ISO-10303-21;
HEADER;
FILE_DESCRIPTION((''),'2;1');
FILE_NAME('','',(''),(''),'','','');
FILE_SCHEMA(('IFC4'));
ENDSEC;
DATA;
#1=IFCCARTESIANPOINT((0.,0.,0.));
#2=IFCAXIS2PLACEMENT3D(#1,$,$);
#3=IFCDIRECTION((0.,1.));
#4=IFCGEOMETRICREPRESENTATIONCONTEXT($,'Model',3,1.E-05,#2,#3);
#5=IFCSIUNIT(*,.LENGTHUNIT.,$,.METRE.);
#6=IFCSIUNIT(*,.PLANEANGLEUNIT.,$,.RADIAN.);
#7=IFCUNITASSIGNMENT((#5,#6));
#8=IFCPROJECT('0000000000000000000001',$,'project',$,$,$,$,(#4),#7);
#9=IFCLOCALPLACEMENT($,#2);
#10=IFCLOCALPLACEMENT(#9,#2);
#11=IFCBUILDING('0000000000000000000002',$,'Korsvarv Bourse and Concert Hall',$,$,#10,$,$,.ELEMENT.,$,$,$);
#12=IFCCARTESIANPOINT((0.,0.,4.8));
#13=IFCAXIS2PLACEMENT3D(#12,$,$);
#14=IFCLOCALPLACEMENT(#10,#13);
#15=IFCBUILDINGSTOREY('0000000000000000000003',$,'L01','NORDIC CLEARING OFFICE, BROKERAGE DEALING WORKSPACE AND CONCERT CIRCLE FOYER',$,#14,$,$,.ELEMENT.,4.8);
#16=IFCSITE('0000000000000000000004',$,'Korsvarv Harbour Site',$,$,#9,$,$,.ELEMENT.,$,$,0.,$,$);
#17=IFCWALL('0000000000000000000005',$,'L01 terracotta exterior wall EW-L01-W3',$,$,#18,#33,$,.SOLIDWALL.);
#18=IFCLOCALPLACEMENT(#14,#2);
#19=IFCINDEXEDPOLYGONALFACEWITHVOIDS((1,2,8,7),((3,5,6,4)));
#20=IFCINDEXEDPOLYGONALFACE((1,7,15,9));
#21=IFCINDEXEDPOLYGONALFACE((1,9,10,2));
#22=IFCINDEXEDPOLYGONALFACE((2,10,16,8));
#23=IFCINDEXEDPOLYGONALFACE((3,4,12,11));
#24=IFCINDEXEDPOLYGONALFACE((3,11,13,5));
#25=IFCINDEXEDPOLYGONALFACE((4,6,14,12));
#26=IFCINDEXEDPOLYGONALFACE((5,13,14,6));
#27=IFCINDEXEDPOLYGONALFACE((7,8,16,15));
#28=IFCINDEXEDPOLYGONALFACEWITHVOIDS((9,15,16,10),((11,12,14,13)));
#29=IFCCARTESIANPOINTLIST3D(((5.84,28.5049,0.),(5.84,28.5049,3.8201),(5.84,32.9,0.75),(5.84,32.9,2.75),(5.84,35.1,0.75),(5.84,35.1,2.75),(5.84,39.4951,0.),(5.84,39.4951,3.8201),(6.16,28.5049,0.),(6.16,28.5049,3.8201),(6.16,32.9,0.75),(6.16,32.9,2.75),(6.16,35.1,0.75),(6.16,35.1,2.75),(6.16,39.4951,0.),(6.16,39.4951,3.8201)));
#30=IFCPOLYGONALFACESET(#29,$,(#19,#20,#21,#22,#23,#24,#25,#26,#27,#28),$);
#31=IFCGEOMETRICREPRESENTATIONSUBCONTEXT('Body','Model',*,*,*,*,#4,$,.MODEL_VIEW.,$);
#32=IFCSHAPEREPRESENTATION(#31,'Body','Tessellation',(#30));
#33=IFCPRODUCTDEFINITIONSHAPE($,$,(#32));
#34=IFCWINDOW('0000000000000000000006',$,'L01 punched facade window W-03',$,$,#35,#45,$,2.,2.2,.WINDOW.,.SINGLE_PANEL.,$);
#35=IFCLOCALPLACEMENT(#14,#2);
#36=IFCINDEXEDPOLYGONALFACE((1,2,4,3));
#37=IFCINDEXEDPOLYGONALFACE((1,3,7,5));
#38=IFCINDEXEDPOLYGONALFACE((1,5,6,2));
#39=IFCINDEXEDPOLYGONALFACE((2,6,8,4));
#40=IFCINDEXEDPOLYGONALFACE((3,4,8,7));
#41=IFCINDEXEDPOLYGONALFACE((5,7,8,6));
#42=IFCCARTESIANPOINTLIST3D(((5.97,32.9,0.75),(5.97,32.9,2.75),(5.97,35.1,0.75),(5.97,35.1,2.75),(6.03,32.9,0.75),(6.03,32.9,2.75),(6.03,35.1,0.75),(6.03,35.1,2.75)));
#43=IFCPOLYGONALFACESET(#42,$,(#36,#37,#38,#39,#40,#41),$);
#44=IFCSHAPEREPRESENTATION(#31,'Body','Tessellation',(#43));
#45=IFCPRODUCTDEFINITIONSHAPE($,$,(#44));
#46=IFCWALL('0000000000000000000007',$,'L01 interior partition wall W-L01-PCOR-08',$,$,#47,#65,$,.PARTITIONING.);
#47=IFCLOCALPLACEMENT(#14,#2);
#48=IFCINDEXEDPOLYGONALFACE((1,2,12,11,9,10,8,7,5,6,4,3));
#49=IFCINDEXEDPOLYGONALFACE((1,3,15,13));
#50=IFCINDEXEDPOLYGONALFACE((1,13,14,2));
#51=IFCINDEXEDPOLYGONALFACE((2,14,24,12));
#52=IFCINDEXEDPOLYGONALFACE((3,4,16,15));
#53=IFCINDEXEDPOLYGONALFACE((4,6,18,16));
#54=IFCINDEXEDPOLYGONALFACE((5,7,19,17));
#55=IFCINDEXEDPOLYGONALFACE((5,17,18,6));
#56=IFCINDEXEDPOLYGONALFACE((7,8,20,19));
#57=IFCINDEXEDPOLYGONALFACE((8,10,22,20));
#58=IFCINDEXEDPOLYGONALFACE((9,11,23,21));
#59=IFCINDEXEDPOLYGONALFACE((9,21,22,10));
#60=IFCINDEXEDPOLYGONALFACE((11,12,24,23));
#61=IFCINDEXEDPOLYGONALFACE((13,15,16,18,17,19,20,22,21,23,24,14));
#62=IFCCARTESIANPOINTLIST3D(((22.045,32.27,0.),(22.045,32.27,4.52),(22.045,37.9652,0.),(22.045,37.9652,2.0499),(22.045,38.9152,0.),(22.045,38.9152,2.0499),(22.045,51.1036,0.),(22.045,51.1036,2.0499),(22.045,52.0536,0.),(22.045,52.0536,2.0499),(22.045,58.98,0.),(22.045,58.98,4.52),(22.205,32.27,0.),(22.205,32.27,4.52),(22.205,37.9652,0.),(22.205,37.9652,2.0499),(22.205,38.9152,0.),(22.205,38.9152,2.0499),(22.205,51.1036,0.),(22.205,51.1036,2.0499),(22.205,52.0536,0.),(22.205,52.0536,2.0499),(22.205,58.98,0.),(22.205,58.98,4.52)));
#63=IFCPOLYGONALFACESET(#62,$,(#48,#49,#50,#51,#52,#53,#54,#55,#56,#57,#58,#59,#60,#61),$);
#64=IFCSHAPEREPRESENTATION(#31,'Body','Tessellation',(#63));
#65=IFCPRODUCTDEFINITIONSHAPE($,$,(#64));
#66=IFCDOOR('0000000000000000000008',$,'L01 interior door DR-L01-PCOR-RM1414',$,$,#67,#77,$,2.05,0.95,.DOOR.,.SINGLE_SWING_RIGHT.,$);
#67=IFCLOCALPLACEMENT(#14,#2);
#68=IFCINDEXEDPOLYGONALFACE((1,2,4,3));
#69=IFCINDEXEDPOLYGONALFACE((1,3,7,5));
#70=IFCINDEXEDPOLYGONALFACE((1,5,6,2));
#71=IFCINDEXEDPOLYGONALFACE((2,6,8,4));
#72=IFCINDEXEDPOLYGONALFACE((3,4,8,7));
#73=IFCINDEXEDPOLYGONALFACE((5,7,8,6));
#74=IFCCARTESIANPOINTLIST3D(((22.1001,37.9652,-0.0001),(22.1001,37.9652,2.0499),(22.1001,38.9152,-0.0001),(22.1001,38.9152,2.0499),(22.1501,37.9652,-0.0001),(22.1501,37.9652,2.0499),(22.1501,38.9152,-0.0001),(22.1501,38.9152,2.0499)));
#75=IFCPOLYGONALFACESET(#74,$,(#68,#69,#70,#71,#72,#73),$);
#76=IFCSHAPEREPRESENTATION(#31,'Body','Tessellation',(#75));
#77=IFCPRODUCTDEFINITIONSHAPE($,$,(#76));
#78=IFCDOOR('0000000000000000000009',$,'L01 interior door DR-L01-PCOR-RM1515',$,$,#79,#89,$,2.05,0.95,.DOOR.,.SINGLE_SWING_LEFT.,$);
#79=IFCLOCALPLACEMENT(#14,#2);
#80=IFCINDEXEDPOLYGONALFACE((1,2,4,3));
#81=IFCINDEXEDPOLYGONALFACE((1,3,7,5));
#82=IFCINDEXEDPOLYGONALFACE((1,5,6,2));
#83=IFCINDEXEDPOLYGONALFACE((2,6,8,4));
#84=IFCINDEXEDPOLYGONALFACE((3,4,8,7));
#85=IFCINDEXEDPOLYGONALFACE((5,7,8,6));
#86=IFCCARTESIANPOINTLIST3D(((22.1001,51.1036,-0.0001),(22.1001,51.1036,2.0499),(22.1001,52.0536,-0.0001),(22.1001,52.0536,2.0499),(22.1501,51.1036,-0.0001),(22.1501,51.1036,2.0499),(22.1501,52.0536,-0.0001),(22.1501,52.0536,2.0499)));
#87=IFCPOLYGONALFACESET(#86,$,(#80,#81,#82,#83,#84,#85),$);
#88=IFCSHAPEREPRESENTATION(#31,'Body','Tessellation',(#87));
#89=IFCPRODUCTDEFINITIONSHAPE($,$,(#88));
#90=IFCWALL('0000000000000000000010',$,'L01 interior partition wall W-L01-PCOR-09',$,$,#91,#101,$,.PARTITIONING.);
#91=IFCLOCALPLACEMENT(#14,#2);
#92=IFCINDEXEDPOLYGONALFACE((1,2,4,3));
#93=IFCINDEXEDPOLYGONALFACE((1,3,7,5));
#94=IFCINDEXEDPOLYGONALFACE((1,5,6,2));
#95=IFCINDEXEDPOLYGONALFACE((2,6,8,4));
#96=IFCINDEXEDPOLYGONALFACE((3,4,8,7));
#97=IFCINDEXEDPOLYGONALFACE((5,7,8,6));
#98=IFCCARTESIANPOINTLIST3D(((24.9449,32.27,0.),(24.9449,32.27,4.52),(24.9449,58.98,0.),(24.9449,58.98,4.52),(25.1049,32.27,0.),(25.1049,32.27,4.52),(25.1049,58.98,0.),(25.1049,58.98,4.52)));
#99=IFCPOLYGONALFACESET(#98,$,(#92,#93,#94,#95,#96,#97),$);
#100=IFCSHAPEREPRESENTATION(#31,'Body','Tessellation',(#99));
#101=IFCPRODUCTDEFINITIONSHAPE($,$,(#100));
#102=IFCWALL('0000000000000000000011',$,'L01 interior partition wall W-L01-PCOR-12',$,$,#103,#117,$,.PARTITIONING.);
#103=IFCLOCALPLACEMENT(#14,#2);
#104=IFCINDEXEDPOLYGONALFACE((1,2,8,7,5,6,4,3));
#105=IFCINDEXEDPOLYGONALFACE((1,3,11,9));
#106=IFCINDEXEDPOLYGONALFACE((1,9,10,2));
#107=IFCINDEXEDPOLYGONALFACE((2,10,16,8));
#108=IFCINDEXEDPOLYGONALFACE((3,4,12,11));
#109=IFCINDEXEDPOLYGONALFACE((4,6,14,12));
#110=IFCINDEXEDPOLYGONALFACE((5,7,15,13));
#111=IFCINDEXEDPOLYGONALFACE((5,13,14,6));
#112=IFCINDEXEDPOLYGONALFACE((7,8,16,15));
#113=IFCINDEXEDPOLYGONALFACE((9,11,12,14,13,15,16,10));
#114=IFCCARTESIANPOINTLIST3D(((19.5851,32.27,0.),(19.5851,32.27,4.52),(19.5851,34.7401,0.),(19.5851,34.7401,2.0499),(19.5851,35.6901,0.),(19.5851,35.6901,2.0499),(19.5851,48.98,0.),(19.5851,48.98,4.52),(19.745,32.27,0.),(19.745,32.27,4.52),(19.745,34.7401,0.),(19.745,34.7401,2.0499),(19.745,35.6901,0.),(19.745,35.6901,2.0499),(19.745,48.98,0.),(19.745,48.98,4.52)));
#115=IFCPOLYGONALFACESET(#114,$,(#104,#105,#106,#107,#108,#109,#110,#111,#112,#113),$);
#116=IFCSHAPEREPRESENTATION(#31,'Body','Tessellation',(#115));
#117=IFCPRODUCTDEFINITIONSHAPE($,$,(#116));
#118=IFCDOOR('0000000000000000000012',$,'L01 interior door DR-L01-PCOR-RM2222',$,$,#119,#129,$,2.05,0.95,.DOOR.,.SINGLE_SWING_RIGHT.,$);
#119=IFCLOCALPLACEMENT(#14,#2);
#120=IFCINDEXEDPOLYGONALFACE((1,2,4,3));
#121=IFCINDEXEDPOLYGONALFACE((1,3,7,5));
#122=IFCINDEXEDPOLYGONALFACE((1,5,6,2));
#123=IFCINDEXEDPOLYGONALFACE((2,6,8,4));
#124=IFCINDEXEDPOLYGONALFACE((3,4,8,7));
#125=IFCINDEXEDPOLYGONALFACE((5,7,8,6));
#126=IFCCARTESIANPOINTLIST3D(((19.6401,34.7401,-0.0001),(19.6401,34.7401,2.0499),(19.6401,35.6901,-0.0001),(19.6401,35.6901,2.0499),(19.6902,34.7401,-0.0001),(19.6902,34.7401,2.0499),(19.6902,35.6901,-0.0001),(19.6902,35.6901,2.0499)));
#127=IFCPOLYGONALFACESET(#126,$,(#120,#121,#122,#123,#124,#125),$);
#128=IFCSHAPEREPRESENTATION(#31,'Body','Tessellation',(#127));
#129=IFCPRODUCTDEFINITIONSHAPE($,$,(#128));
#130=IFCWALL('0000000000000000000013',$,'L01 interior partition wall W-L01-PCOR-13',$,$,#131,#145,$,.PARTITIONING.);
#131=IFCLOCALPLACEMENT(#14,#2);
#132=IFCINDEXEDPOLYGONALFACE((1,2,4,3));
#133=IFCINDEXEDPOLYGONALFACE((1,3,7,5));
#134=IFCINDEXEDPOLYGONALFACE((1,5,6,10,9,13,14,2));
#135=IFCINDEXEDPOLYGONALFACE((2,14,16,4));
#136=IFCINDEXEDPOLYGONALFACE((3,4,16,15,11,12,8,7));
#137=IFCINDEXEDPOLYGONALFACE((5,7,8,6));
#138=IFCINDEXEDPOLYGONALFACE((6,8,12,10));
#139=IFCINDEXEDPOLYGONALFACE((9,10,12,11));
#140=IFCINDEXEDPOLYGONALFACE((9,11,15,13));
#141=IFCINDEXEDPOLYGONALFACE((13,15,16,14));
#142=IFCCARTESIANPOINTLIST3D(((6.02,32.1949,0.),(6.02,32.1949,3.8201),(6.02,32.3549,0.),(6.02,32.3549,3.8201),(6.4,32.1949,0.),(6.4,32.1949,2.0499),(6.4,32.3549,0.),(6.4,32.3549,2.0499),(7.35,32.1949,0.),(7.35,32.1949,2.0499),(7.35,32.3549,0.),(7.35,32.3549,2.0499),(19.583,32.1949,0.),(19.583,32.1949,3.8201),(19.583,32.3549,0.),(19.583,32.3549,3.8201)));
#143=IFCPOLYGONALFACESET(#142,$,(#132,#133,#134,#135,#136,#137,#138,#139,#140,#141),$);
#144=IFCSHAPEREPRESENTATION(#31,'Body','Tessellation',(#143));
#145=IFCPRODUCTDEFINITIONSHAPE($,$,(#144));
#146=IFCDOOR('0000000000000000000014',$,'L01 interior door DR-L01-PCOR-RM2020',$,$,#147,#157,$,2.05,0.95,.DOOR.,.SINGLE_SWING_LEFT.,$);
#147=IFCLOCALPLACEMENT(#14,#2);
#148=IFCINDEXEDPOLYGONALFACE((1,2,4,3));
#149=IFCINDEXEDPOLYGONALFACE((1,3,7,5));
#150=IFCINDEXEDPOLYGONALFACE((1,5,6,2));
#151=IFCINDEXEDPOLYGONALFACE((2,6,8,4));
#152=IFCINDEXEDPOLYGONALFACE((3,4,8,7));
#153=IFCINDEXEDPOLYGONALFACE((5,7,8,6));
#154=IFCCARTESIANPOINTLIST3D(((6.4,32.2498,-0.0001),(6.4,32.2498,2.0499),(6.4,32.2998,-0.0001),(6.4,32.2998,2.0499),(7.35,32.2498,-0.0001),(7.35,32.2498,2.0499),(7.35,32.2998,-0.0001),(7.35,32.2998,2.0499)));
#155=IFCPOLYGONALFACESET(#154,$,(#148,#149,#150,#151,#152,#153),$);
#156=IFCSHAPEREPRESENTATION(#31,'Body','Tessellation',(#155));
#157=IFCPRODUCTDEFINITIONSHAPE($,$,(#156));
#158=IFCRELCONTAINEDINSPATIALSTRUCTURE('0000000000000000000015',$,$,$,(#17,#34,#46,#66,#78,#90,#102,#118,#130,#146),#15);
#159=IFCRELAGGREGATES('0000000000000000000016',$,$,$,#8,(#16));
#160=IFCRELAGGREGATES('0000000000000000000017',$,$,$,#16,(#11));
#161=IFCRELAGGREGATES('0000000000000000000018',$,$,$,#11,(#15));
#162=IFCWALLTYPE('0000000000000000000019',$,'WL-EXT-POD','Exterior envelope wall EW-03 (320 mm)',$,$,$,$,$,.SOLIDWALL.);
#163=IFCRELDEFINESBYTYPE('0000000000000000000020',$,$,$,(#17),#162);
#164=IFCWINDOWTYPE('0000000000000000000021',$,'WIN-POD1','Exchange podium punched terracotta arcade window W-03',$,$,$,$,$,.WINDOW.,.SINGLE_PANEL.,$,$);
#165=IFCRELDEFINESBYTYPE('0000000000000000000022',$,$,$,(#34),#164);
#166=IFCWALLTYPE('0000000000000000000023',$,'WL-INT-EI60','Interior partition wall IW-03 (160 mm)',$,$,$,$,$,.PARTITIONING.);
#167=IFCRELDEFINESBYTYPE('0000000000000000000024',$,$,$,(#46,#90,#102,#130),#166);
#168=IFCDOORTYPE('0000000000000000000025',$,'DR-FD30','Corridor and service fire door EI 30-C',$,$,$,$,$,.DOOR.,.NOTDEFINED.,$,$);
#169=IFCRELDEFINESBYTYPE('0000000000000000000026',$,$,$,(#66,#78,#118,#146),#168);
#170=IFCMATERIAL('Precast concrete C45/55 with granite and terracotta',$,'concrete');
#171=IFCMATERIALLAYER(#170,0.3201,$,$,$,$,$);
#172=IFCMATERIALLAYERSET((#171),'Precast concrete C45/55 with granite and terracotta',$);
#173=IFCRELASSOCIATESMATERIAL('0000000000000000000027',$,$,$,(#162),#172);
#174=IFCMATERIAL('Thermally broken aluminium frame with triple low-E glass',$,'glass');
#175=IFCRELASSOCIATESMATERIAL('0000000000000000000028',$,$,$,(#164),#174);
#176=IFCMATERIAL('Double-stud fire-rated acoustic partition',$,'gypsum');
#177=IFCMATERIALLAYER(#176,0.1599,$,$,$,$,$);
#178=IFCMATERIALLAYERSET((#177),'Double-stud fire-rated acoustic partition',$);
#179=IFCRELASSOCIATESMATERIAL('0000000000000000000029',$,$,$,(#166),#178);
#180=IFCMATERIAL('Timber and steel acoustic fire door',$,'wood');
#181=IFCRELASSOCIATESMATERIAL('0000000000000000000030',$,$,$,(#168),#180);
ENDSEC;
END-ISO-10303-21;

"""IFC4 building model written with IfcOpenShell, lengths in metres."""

from ifc_helpers import new_model, si_unit, direction, frame, frame_2d, origin, place, context, subcontext, project, spatial, rectangle, extrude, material, layer, layer_set, type_object, element, fill, save


model = new_model("IFC4")

# Units and contexts
model_context = context("Model", 3, precision=1e-05, world=origin(), true_north=direction((0.0, 1.0)))
body_context = subcontext(model_context, "Body", "Model", "MODEL_VIEW")
ifc_project = project(units=[si_unit("LENGTHUNIT", "METRE"), si_unit("PLANEANGLEUNIT", "RADIAN")], contexts=[model_context])

# Site, building, storey
site_placement = place(None, origin())
site = spatial("IfcSite", under=ifc_project, at=site_placement, Name="Korsvarv Harbour Site", CompositionType="ELEMENT", RefElevation=0.0)
building_placement = place(site_placement, origin())
building = spatial("IfcBuilding", under=site, at=building_placement, Name="Korsvarv Bourse and Concert Hall", CompositionType="ELEMENT")
storey_placement = place(building_placement, frame((0.0, 0.0, 4.8)))
storey = spatial("IfcBuildingStorey", under=building, at=storey_placement, Name="L01", Description="NORDIC CLEARING OFFICE, BROKERAGE DEALING WORKSPACE AND CONCERT CIRCLE FOYER", CompositionType="ELEMENT", Elevation=4.8)

# Wall, opening, window
ifc_material_1 = material(Name="Precast concrete C45/55 with granite and terracotta", Category="concrete")
ifc_layer_1 = layer(ifc_material_1, 0.3201)
ifc_layer_set_1 = layer_set([ifc_layer_1], Name="Precast concrete C45/55 with granite and terracotta")
wall_type_1 = type_object("IfcWallType", Name="WL-EXT-POD", Description="Exterior envelope wall EW-03 (320 mm)", PredefinedType="SOLIDWALL", material=ifc_layer_set_1)
ifc_material_2 = material(Name="Thermally broken aluminium frame with triple low-E glass", Category="glass")
window_type = type_object("IfcWindowType", Name="WIN-POD1", Description="Exchange podium punched terracotta arcade window W-03", PartitioningType="SINGLE_PANEL", PredefinedType="WINDOW", material=ifc_material_2)
wall_1_placement = place(storey_placement, frame((6.0, 28.5049, 0.0), z_axis=(0.0, 0.0, 1.0), x_axis=(0.0, 1.0, 0.0)))
wall_1 = element("IfcWall", 1, at=wall_1_placement, inside=storey, type_object=wall_type_1, Name="L01 terracotta exterior wall EW-L01-W3", PredefinedType="SOLIDWALL", context=body_context, shape_type="SweptSolid", body=[
    extrude(rectangle(XDim=10.9902, YDim=0.3201, at=frame_2d((5.4951, 0.0))), origin(), (0.0, 0.0, 1.0), 3.8201),
])
opening_1_placement = place(wall_1_placement, frame((4.395, 0.0, 0.75)))
opening_1 = element("IfcOpeningElement", 2, at=opening_1_placement, cuts=wall_1, PredefinedType="OPENING", context=body_context, shape_type="SweptSolid", body=[
    extrude(rectangle(XDim=2.2, YDim=2.0, at=frame_2d((1.1001, 1.0))), frame((0.0, 0.1699, 0.0), z_axis=(0.0, -1.0, 0.0), x_axis=(1.0, 0.0, 0.0)), (0.0, 0.0, 1.0), 0.3401),
])
window_1_placement = place(opening_1_placement, origin())
window_1 = element("IfcWindow", 3, at=window_1_placement, inside=storey, type_object=window_type, Name="L01 punched facade window W-03", OverallHeight=2.0, OverallWidth=2.2, PartitioningType="SINGLE_PANEL", PredefinedType="WINDOW", context=body_context, shape_type="SweptSolid", body=[
    extrude(rectangle(XDim=2.2, YDim=2.0, at=frame_2d((1.1001, 1.0))), frame((0.0, 0.03, 0.0), z_axis=(0.0, -1.0, 0.0), x_axis=(1.0, 0.0, 0.0)), (0.0, 0.0, 1.0), 0.0601),
])
fill(opening_1, window_1)

# Wall, openings, doors
ifc_material_3 = material(Name="Double-stud fire-rated acoustic partition", Category="gypsum")
ifc_layer_2 = layer(ifc_material_3, 0.1599)
ifc_layer_set_2 = layer_set([ifc_layer_2], Name="Double-stud fire-rated acoustic partition")
wall_type_2 = type_object("IfcWallType", Name="WL-INT-EI60", Description="Interior partition wall IW-03 (160 mm)", PredefinedType="PARTITIONING", material=ifc_layer_set_2)
wall_2_placement = place(storey_placement, frame((22.125, 32.27, 0.0), z_axis=(0.0, 0.0, 1.0), x_axis=(0.0, 1.0, 0.0)))
wall_2 = element("IfcWall", 4, at=wall_2_placement, inside=storey, type_object=wall_type_2, Name="L01 interior partition wall W-L01-PCOR-08", PredefinedType="PARTITIONING", context=body_context, shape_type="SweptSolid", body=[
    extrude(rectangle(XDim=26.71, YDim=0.1599, at=frame_2d((13.355, 0.0))), origin(), (0.0, 0.0, 1.0), 4.52),
])
opening_2_placement = place(wall_2_placement, frame((5.6951, 0.0, 0.0)))
opening_2 = element("IfcOpeningElement", 5, at=opening_2_placement, cuts=wall_2, PredefinedType="OPENING", context=body_context, shape_type="SweptSolid", body=[
    extrude(rectangle(XDim=0.95, YDim=2.05, at=frame_2d((0.4751, 1.0249))), frame((0.0, 0.0898, 0.0), z_axis=(0.0, -1.0, 0.0), x_axis=(1.0, 0.0, 0.0)), (0.0, 0.0, 1.0), 0.1799),
])
opening_3_placement = place(wall_2_placement, frame((18.8335, 0.0, 0.0)))
opening_3 = element("IfcOpeningElement", 6, at=opening_3_placement, cuts=wall_2, PredefinedType="OPENING", context=body_context, shape_type="SweptSolid", body=[
    extrude(rectangle(XDim=0.95, YDim=2.05, at=frame_2d((0.4751, 1.0249))), frame((0.0, 0.0898, 0.0), z_axis=(0.0, -1.0, 0.0), x_axis=(1.0, 0.0, 0.0)), (0.0, 0.0, 1.0), 0.1799),
])
ifc_material_4 = material(Name="Timber and steel acoustic fire door", Category="wood")
door_type = type_object("IfcDoorType", Name="DR-FD30", Description="Corridor and service fire door EI 30-C", OperationType="NOTDEFINED", PredefinedType="DOOR", material=ifc_material_4)
door_1_placement = place(opening_2_placement, origin())
door_1 = element("IfcDoor", 7, at=door_1_placement, inside=storey, type_object=door_type, Name="L01 interior door DR-L01-PCOR-RM1414", OperationType="SINGLE_SWING_RIGHT", OverallHeight=2.05, OverallWidth=0.95, PredefinedType="DOOR", context=body_context, shape_type="SweptSolid", body=[
    extrude(rectangle(XDim=0.95, YDim=2.05, at=frame_2d((0.4751, 1.0249))), frame((0.0, 0.0249, 0.0), z_axis=(0.0, -1.0, 0.0), x_axis=(1.0, 0.0, 0.0)), (0.0, 0.0, 1.0), 0.05),
])
fill(opening_2, door_1)
door_2_placement = place(opening_3_placement, origin())
door_2 = element("IfcDoor", 8, at=door_2_placement, inside=storey, type_object=door_type, Name="L01 interior door DR-L01-PCOR-RM1515", OperationType="SINGLE_SWING_LEFT", OverallHeight=2.05, OverallWidth=0.95, PredefinedType="DOOR", context=body_context, shape_type="SweptSolid", body=[
    extrude(rectangle(XDim=0.95, YDim=2.05, at=frame_2d((0.4751, 1.0249))), frame((0.0, 0.0249, 0.0), z_axis=(0.0, -1.0, 0.0), x_axis=(1.0, 0.0, 0.0)), (0.0, 0.0, 1.0), 0.05),
])
fill(opening_3, door_2)

# Wall
wall_3_placement = place(storey_placement, frame((25.0249, 32.27, 0.0), z_axis=(0.0, 0.0, 1.0), x_axis=(0.0, 1.0, 0.0)))
element("IfcWall", 9, at=wall_3_placement, inside=storey, type_object=wall_type_2, Name="L01 interior partition wall W-L01-PCOR-09", PredefinedType="PARTITIONING", context=body_context, shape_type="SweptSolid", body=[
    extrude(rectangle(XDim=26.71, YDim=0.1599, at=frame_2d((13.355, 0.0))), origin(), (0.0, 0.0, 1.0), 4.52),
])

# Walls, openings, doors
wall_4_placement = place(storey_placement, frame((19.665, 32.27, 0.0), z_axis=(0.0, 0.0, 1.0), x_axis=(0.0, 1.0, 0.0)))
wall_4 = element("IfcWall", 10, at=wall_4_placement, inside=storey, type_object=wall_type_2, Name="L01 interior partition wall W-L01-PCOR-12", PredefinedType="PARTITIONING", context=body_context, shape_type="SweptSolid", body=[
    extrude(rectangle(XDim=16.71, YDim=0.1599, at=frame_2d((8.355, 0.0))), origin(), (0.0, 0.0, 1.0), 4.52),
])
opening_4_placement = place(wall_4_placement, frame((2.47, 0.0, 0.0)))
opening_4 = element("IfcOpeningElement", 11, at=opening_4_placement, cuts=wall_4, PredefinedType="OPENING", context=body_context, shape_type="SweptSolid", body=[
    extrude(rectangle(XDim=0.95, YDim=2.05, at=frame_2d((0.4751, 1.0249))), frame((0.0, 0.0898, 0.0), z_axis=(0.0, -1.0, 0.0), x_axis=(1.0, 0.0, 0.0)), (0.0, 0.0, 1.0), 0.1799),
])
door_3_placement = place(opening_4_placement, origin())
door_3 = element("IfcDoor", 12, at=door_3_placement, inside=storey, type_object=door_type, Name="L01 interior door DR-L01-PCOR-RM2222", OperationType="SINGLE_SWING_RIGHT", OverallHeight=2.05, OverallWidth=0.95, PredefinedType="DOOR", context=body_context, shape_type="SweptSolid", body=[
    extrude(rectangle(XDim=0.95, YDim=2.05, at=frame_2d((0.4751, 1.0249))), frame((0.0, 0.0249, 0.0), z_axis=(0.0, -1.0, 0.0), x_axis=(1.0, 0.0, 0.0)), (0.0, 0.0, 1.0), 0.05),
])
fill(opening_4, door_3)
wall_5_placement = place(storey_placement, frame((6.02, 32.2749, 0.0), z_axis=(0.0, 0.0, 1.0), x_axis=(1.0, 0.0, 0.0)))
wall_5 = element("IfcWall", 13, at=wall_5_placement, inside=storey, type_object=wall_type_2, Name="L01 interior partition wall W-L01-PCOR-13", PredefinedType="PARTITIONING", context=body_context, shape_type="SweptSolid", body=[
    extrude(rectangle(XDim=13.563, YDim=0.1599, at=frame_2d((6.7815, 0.0))), origin(), (0.0, 0.0, 1.0), 3.8201),
])
opening_5_placement = place(wall_5_placement, frame((0.3799, 0.0, 0.0)))
opening_5 = element("IfcOpeningElement", 14, at=opening_5_placement, cuts=wall_5, PredefinedType="OPENING", context=body_context, shape_type="SweptSolid", body=[
    extrude(rectangle(XDim=0.95, YDim=2.05, at=frame_2d((0.4751, 1.0249))), frame((0.0, 0.0898, 0.0), z_axis=(0.0, -1.0, 0.0), x_axis=(1.0, 0.0, 0.0)), (0.0, 0.0, 1.0), 0.1799),
])
door_4_placement = place(opening_5_placement, origin())
door_4 = element("IfcDoor", 15, at=door_4_placement, inside=storey, type_object=door_type, Name="L01 interior door DR-L01-PCOR-RM2020", OperationType="SINGLE_SWING_LEFT", OverallHeight=2.05, OverallWidth=0.95, PredefinedType="DOOR", context=body_context, shape_type="SweptSolid", body=[
    extrude(rectangle(XDim=0.95, YDim=2.05, at=frame_2d((0.4751, 1.0249))), frame((0.0, 0.0249, 0.0), z_axis=(0.0, -1.0, 0.0), x_axis=(1.0, 0.0, 0.0)), (0.0, 0.0, 1.0), 0.05),
])
fill(opening_5, door_4)

save(model, "model.ifc")
